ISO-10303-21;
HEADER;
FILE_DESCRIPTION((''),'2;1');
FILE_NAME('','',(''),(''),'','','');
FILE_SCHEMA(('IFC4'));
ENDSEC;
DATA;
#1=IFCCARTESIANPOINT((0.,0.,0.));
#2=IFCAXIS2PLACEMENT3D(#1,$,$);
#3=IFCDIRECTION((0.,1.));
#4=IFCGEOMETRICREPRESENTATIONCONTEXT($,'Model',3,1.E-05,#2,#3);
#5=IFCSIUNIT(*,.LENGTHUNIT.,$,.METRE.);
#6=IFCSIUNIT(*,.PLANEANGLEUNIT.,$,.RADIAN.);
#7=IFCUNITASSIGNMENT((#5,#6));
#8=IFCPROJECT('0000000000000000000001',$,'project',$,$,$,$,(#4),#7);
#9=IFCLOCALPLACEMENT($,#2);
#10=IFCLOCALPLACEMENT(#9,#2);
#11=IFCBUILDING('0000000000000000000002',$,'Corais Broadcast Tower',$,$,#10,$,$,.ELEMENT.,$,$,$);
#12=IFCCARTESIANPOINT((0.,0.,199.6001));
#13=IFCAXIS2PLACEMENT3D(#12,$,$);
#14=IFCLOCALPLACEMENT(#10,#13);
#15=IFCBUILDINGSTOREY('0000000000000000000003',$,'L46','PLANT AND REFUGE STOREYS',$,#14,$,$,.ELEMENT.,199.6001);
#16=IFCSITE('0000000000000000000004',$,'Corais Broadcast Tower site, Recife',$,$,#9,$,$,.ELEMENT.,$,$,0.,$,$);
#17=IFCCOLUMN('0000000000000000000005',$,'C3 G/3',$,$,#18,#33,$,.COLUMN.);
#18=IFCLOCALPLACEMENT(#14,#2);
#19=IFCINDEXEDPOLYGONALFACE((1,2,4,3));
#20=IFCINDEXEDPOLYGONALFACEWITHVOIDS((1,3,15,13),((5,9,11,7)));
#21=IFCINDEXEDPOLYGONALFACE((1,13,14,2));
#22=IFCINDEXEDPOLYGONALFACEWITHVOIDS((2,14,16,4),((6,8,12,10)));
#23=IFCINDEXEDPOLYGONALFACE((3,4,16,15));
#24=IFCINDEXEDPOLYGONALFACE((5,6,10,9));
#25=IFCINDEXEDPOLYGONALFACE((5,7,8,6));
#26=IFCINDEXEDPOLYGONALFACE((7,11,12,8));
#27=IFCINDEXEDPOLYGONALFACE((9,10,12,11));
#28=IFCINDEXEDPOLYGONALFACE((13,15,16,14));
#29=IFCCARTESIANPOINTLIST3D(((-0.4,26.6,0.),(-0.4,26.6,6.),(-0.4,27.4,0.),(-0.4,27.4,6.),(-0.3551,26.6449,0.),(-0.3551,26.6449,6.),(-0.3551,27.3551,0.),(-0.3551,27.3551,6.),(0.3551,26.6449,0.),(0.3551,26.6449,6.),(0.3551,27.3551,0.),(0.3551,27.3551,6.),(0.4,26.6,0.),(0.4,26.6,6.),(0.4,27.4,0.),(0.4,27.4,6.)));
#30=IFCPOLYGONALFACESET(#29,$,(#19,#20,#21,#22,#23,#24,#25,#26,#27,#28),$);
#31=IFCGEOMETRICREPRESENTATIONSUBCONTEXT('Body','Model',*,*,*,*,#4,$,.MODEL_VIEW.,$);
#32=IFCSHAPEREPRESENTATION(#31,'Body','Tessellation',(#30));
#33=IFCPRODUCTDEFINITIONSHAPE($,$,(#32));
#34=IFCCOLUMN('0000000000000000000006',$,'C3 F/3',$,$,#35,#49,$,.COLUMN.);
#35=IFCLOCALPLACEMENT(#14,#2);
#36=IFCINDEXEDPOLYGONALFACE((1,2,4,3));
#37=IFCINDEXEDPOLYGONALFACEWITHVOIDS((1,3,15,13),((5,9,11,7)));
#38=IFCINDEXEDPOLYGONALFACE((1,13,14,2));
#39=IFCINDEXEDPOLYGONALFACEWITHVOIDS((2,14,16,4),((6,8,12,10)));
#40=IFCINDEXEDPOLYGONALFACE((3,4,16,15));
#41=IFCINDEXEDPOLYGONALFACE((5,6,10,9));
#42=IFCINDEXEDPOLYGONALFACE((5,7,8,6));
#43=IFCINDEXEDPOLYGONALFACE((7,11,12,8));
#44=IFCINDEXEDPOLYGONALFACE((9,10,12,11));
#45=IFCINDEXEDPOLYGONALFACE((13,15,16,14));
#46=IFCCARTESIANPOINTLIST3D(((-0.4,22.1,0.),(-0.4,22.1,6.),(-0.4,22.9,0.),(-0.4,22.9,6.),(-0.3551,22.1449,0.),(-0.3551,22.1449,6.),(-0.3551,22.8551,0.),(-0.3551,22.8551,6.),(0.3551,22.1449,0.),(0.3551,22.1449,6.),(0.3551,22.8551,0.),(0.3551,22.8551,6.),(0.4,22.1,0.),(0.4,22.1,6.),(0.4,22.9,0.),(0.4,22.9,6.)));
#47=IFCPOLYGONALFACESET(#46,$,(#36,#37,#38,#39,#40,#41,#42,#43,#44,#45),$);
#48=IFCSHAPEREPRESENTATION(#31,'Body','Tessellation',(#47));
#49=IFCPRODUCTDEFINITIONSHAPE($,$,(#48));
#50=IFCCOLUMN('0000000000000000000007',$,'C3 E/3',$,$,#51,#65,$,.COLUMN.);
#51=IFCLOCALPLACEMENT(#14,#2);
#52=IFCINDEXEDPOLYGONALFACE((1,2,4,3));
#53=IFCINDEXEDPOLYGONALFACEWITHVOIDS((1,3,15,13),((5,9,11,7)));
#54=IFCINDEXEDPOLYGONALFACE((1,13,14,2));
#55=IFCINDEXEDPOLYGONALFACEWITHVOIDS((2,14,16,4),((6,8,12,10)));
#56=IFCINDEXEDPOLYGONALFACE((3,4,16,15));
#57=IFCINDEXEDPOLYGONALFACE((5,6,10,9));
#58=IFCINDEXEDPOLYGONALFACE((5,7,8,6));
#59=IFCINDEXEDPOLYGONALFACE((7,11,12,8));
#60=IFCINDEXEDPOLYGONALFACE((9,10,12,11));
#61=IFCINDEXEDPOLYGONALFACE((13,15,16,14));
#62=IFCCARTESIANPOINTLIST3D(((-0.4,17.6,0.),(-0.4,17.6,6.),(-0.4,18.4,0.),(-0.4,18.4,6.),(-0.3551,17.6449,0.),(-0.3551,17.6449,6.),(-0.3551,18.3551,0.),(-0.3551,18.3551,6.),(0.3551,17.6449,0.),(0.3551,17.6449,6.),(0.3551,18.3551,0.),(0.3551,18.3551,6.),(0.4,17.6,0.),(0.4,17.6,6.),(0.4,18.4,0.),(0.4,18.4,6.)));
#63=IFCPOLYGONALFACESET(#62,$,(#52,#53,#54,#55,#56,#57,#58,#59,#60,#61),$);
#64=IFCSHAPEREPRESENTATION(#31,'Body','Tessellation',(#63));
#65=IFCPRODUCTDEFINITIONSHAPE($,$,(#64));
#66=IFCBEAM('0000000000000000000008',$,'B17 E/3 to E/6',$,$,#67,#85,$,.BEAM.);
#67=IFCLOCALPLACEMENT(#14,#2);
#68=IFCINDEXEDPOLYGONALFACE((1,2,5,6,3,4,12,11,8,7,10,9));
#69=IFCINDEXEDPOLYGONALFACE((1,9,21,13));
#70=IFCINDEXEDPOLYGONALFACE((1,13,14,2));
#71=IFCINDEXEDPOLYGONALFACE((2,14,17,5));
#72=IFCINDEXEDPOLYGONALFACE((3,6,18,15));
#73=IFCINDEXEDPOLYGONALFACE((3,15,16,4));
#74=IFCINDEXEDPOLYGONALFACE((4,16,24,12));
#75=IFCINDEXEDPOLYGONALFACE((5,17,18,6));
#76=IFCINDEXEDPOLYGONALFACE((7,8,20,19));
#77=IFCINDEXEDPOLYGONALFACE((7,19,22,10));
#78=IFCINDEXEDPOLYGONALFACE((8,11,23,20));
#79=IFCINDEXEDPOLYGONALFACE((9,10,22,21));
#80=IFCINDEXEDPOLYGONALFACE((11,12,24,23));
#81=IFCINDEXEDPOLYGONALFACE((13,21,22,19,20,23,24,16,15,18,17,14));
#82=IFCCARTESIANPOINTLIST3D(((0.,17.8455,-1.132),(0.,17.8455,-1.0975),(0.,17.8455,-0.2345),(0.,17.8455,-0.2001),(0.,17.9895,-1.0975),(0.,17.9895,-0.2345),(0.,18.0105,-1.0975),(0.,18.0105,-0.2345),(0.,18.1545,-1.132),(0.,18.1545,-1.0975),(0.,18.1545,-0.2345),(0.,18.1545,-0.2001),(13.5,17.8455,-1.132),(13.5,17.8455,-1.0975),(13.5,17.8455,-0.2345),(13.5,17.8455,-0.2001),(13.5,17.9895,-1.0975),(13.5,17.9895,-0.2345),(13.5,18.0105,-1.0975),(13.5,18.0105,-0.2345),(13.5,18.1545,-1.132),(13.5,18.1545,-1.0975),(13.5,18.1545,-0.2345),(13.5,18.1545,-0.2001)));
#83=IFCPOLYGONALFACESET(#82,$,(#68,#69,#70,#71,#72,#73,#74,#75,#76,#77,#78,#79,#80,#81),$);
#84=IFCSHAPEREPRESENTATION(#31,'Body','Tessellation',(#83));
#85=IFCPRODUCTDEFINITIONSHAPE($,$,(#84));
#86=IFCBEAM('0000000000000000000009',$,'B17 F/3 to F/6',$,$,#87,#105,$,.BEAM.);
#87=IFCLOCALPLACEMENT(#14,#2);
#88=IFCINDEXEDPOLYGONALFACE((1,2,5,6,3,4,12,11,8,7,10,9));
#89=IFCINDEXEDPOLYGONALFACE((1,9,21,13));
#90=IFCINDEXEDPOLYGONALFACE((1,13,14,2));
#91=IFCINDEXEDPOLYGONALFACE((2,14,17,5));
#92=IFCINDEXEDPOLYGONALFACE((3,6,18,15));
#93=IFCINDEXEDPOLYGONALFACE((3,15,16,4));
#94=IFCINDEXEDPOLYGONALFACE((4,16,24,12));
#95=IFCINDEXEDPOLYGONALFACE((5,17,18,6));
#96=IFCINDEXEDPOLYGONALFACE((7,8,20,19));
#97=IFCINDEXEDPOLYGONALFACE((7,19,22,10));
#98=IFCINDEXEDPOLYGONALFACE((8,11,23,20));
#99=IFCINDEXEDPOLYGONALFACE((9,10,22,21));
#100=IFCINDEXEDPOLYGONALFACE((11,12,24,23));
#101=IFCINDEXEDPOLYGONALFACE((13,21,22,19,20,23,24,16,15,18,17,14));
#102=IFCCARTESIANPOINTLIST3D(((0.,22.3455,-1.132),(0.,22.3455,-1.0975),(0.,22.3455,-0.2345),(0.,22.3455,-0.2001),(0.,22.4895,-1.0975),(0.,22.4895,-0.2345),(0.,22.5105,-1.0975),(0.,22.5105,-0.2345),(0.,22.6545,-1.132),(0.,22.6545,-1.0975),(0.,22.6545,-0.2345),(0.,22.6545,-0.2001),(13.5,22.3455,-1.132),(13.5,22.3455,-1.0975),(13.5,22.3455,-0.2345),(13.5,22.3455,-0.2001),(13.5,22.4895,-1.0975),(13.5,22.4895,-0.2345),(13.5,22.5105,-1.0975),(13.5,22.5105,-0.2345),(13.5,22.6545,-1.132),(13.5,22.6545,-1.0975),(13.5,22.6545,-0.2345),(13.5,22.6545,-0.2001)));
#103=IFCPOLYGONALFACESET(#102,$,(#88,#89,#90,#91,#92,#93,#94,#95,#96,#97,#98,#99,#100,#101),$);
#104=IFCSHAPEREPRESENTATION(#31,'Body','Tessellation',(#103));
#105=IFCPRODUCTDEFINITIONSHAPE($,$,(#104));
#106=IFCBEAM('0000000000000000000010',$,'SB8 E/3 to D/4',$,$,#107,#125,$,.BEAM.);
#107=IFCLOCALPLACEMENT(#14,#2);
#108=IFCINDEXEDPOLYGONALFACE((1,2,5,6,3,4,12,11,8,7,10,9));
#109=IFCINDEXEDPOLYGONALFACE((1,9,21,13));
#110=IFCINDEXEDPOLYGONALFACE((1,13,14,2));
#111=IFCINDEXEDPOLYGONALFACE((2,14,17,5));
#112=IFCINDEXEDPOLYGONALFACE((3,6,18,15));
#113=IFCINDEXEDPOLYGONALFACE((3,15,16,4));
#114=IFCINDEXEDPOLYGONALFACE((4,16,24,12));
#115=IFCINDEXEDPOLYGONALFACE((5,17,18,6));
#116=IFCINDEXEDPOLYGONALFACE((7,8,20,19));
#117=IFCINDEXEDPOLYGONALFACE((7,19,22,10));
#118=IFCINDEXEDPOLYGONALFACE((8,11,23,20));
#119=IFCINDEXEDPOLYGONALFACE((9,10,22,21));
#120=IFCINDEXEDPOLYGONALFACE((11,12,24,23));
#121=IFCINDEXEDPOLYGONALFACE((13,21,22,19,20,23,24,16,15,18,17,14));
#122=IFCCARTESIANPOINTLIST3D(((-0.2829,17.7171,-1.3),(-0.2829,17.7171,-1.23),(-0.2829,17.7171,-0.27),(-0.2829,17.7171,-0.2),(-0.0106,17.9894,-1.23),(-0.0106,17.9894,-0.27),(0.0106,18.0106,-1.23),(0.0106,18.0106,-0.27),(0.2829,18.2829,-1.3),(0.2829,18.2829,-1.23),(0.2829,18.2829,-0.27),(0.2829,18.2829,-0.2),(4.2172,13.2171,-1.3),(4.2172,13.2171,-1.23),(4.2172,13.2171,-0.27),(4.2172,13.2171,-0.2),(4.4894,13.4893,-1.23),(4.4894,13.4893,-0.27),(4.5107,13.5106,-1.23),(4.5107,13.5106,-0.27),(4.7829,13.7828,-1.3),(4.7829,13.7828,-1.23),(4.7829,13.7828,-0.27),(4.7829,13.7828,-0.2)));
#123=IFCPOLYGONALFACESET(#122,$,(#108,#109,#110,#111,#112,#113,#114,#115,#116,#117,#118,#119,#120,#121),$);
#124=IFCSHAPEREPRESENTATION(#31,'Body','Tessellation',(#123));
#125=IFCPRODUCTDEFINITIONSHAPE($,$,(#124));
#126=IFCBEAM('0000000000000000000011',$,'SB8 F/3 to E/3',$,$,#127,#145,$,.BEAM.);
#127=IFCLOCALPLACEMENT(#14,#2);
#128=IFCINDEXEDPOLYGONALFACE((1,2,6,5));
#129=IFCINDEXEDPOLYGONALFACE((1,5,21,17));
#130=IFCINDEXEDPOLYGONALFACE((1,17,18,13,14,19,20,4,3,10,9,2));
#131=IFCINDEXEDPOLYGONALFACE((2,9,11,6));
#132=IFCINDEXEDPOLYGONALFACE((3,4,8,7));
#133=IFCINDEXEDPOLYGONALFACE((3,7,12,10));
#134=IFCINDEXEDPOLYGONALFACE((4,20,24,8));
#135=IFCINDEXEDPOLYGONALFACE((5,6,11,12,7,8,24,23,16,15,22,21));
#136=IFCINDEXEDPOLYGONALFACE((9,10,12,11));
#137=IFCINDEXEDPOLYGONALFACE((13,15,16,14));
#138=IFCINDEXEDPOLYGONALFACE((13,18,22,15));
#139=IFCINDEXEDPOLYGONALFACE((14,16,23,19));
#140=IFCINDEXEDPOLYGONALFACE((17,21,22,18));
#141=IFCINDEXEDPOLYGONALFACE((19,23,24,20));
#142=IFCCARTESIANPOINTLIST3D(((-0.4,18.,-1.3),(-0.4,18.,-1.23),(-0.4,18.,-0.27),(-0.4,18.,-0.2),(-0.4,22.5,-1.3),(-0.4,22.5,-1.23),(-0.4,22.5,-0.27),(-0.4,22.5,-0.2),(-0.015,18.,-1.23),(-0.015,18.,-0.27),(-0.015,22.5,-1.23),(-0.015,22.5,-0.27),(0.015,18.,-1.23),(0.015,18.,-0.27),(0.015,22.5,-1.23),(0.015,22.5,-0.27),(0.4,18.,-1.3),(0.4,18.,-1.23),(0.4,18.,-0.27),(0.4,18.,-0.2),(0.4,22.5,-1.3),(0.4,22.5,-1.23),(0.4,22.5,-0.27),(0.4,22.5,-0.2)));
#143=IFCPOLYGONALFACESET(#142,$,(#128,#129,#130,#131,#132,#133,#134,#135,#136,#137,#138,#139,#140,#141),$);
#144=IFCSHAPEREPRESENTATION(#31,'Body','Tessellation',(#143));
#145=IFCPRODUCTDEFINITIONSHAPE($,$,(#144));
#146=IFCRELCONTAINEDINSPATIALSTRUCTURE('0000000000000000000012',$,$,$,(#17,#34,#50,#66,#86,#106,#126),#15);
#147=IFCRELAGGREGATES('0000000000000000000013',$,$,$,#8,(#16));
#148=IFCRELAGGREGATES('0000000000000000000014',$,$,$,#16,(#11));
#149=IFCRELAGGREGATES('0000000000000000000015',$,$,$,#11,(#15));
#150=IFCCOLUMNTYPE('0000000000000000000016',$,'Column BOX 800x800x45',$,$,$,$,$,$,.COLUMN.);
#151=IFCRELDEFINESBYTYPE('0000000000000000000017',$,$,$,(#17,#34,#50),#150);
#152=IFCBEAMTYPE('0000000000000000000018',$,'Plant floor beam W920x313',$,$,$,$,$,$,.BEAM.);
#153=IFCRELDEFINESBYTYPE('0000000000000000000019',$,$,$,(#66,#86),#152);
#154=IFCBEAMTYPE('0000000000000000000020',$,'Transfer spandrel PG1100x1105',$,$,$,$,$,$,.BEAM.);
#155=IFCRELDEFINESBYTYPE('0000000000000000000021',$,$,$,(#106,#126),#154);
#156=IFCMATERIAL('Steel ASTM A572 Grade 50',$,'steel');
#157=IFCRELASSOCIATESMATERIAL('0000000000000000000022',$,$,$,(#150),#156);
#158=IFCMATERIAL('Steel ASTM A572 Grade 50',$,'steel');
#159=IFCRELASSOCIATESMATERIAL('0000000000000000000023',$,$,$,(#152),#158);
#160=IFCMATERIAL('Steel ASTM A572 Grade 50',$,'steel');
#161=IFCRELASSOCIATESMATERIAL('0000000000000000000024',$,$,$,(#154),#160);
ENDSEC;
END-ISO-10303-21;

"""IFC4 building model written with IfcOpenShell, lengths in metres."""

from ifc_helpers import new_model, si_unit, direction, frame, origin, origin_2d, place, context, subcontext, project, spatial, hollow_rectangle, i_section, extrude, material, material_profile, profile_set, type_object, element, save


model = new_model("IFC4")

# Units and contexts
model_context = context("Model", 3, precision=1e-05, world=origin(), true_north=direction((0.0, 1.0)))
body_context = subcontext(model_context, "Body", "Model", "MODEL_VIEW")
ifc_project = project(units=[si_unit("LENGTHUNIT", "METRE"), si_unit("PLANEANGLEUNIT", "RADIAN")], contexts=[model_context])

# Site, building, storey
site_placement = place(None, origin())
site = spatial("IfcSite", under=ifc_project, at=site_placement, Name="Corais Broadcast Tower site, Recife", CompositionType="ELEMENT", RefElevation=0.0)
building_placement = place(site_placement, origin())
building = spatial("IfcBuilding", under=site, at=building_placement, Name="Corais Broadcast Tower", CompositionType="ELEMENT")
storey_placement = place(building_placement, frame((0.0, 0.0, 199.6001)))
storey = spatial("IfcBuildingStorey", under=building, at=storey_placement, Name="L46", Description="PLANT AND REFUGE STOREYS", CompositionType="ELEMENT", Elevation=199.6001)

# Columns
ifc_material_1 = material(Name="Steel ASTM A572 Grade 50", Category="steel")
ifc_material_profile_1 = material_profile(ifc_material_1, hollow_rectangle(XDim=0.8, YDim=0.8, WallThickness=0.0449, at=origin_2d()), Name="BOX 800x800x45")
ifc_profile_set_1 = profile_set([ifc_material_profile_1], Name="Steel ASTM A572 Grade 50")
column_type = type_object("IfcColumnType", Name="Column BOX 800x800x45", PredefinedType="COLUMN", material=ifc_profile_set_1)
for number, where, z_axis, x_axis, name in (
    (1, (0.0, 27.0, 0.0), (0.0, 0.0, 1.0), (1.0, 0.0, 0.0), "C3 G/3"),
    (2, (0.0, 22.5, 0.0), (0.0, 0.0, 1.0), (1.0, 0.0, 0.0), "C3 F/3"),
    (3, (0.0, 18.0, 0.0), (0.0, 0.0, 1.0), (1.0, 0.0, 0.0), "C3 E/3"),
):
    element("IfcColumn", number, at=place(storey_placement, frame(where, z_axis=z_axis, x_axis=x_axis)), inside=storey, type_object=column_type, Name=name, PredefinedType="COLUMN", context=body_context, shape_type="SweptSolid", body=[
        extrude(hollow_rectangle(XDim=0.8, YDim=0.8, WallThickness=0.0449, at=origin_2d()), origin(), (0.0, 0.0, 1.0), 6.0),
    ])

# Beams
ifc_material_2 = material(Name="Steel ASTM A572 Grade 50", Category="steel")
ifc_material_profile_2 = material_profile(ifc_material_2, i_section(OverallWidth=0.3091, OverallDepth=0.9319, WebThickness=0.021, FlangeThickness=0.0344, at=origin_2d()), Name="W920x313")
ifc_profile_set_2 = profile_set([ifc_material_profile_2], Name="Steel ASTM A572 Grade 50")
beam_type_1 = type_object("IfcBeamType", Name="Plant floor beam W920x313", PredefinedType="BEAM", material=ifc_profile_set_2)
for number, where, z_axis, x_axis, name in (
    (4, (0.0, 18.0, -0.666), (1.0, 0.0, 0.0), (0.0, 1.0, 0.0), "B17 E/3 to E/6"),
    (5, (0.0, 22.5, -0.666), (1.0, 0.0, 0.0), (0.0, 1.0, 0.0), "B17 F/3 to F/6"),
):
    element("IfcBeam", number, at=place(storey_placement, frame(where, z_axis=z_axis, x_axis=x_axis)), inside=storey, type_object=beam_type_1, Name=name, PredefinedType="BEAM", context=body_context, shape_type="SweptSolid", body=[
        extrude(i_section(OverallWidth=0.3091, OverallDepth=0.9319, WebThickness=0.021, FlangeThickness=0.0344, at=origin_2d()), origin(), (0.0, 0.0, 1.0), 13.5),
    ])
ifc_material_3 = material(Name="Steel ASTM A572 Grade 50", Category="steel")
ifc_material_profile_3 = material_profile(ifc_material_3, i_section(OverallWidth=0.8, OverallDepth=1.1001, WebThickness=0.03, FlangeThickness=0.0701, at=origin_2d()), Name="PG1100x1105")
ifc_profile_set_3 = profile_set([ifc_material_profile_3], Name="Steel ASTM A572 Grade 50")
beam_type_2 = type_object("IfcBeamType", Name="Transfer spandrel PG1100x1105", PredefinedType="BEAM", material=ifc_profile_set_3)
beam_1_placement = place(storey_placement, frame((0.0, 18.0, -0.75), z_axis=(0.707107, -0.707107, 0.0), x_axis=(0.707107, 0.707107, 0.0)))
element("IfcBeam", 6, at=beam_1_placement, inside=storey, type_object=beam_type_2, Name="SB8 E/3 to D/4", PredefinedType="BEAM", context=body_context, shape_type="SweptSolid", body=[
    extrude(i_section(OverallWidth=0.8, OverallDepth=1.1001, WebThickness=0.03, FlangeThickness=0.0701, at=origin_2d()), origin(), (0.0, 0.0, 1.0), 6.364),
])
beam_2_placement = place(storey_placement, frame((0.0, 22.5, -0.75), z_axis=(0.0, -1.0, 0.0), x_axis=(1.0, 0.0, 0.0)))
element("IfcBeam", 7, at=beam_2_placement, inside=storey, type_object=beam_type_2, Name="SB8 F/3 to E/3", PredefinedType="BEAM", context=body_context, shape_type="SweptSolid", body=[
    extrude(i_section(OverallWidth=0.8, OverallDepth=1.1001, WebThickness=0.03, FlangeThickness=0.0701, at=origin_2d()), origin(), (0.0, 0.0, 1.0), 4.5),
])

save(model, "model.ifc")
